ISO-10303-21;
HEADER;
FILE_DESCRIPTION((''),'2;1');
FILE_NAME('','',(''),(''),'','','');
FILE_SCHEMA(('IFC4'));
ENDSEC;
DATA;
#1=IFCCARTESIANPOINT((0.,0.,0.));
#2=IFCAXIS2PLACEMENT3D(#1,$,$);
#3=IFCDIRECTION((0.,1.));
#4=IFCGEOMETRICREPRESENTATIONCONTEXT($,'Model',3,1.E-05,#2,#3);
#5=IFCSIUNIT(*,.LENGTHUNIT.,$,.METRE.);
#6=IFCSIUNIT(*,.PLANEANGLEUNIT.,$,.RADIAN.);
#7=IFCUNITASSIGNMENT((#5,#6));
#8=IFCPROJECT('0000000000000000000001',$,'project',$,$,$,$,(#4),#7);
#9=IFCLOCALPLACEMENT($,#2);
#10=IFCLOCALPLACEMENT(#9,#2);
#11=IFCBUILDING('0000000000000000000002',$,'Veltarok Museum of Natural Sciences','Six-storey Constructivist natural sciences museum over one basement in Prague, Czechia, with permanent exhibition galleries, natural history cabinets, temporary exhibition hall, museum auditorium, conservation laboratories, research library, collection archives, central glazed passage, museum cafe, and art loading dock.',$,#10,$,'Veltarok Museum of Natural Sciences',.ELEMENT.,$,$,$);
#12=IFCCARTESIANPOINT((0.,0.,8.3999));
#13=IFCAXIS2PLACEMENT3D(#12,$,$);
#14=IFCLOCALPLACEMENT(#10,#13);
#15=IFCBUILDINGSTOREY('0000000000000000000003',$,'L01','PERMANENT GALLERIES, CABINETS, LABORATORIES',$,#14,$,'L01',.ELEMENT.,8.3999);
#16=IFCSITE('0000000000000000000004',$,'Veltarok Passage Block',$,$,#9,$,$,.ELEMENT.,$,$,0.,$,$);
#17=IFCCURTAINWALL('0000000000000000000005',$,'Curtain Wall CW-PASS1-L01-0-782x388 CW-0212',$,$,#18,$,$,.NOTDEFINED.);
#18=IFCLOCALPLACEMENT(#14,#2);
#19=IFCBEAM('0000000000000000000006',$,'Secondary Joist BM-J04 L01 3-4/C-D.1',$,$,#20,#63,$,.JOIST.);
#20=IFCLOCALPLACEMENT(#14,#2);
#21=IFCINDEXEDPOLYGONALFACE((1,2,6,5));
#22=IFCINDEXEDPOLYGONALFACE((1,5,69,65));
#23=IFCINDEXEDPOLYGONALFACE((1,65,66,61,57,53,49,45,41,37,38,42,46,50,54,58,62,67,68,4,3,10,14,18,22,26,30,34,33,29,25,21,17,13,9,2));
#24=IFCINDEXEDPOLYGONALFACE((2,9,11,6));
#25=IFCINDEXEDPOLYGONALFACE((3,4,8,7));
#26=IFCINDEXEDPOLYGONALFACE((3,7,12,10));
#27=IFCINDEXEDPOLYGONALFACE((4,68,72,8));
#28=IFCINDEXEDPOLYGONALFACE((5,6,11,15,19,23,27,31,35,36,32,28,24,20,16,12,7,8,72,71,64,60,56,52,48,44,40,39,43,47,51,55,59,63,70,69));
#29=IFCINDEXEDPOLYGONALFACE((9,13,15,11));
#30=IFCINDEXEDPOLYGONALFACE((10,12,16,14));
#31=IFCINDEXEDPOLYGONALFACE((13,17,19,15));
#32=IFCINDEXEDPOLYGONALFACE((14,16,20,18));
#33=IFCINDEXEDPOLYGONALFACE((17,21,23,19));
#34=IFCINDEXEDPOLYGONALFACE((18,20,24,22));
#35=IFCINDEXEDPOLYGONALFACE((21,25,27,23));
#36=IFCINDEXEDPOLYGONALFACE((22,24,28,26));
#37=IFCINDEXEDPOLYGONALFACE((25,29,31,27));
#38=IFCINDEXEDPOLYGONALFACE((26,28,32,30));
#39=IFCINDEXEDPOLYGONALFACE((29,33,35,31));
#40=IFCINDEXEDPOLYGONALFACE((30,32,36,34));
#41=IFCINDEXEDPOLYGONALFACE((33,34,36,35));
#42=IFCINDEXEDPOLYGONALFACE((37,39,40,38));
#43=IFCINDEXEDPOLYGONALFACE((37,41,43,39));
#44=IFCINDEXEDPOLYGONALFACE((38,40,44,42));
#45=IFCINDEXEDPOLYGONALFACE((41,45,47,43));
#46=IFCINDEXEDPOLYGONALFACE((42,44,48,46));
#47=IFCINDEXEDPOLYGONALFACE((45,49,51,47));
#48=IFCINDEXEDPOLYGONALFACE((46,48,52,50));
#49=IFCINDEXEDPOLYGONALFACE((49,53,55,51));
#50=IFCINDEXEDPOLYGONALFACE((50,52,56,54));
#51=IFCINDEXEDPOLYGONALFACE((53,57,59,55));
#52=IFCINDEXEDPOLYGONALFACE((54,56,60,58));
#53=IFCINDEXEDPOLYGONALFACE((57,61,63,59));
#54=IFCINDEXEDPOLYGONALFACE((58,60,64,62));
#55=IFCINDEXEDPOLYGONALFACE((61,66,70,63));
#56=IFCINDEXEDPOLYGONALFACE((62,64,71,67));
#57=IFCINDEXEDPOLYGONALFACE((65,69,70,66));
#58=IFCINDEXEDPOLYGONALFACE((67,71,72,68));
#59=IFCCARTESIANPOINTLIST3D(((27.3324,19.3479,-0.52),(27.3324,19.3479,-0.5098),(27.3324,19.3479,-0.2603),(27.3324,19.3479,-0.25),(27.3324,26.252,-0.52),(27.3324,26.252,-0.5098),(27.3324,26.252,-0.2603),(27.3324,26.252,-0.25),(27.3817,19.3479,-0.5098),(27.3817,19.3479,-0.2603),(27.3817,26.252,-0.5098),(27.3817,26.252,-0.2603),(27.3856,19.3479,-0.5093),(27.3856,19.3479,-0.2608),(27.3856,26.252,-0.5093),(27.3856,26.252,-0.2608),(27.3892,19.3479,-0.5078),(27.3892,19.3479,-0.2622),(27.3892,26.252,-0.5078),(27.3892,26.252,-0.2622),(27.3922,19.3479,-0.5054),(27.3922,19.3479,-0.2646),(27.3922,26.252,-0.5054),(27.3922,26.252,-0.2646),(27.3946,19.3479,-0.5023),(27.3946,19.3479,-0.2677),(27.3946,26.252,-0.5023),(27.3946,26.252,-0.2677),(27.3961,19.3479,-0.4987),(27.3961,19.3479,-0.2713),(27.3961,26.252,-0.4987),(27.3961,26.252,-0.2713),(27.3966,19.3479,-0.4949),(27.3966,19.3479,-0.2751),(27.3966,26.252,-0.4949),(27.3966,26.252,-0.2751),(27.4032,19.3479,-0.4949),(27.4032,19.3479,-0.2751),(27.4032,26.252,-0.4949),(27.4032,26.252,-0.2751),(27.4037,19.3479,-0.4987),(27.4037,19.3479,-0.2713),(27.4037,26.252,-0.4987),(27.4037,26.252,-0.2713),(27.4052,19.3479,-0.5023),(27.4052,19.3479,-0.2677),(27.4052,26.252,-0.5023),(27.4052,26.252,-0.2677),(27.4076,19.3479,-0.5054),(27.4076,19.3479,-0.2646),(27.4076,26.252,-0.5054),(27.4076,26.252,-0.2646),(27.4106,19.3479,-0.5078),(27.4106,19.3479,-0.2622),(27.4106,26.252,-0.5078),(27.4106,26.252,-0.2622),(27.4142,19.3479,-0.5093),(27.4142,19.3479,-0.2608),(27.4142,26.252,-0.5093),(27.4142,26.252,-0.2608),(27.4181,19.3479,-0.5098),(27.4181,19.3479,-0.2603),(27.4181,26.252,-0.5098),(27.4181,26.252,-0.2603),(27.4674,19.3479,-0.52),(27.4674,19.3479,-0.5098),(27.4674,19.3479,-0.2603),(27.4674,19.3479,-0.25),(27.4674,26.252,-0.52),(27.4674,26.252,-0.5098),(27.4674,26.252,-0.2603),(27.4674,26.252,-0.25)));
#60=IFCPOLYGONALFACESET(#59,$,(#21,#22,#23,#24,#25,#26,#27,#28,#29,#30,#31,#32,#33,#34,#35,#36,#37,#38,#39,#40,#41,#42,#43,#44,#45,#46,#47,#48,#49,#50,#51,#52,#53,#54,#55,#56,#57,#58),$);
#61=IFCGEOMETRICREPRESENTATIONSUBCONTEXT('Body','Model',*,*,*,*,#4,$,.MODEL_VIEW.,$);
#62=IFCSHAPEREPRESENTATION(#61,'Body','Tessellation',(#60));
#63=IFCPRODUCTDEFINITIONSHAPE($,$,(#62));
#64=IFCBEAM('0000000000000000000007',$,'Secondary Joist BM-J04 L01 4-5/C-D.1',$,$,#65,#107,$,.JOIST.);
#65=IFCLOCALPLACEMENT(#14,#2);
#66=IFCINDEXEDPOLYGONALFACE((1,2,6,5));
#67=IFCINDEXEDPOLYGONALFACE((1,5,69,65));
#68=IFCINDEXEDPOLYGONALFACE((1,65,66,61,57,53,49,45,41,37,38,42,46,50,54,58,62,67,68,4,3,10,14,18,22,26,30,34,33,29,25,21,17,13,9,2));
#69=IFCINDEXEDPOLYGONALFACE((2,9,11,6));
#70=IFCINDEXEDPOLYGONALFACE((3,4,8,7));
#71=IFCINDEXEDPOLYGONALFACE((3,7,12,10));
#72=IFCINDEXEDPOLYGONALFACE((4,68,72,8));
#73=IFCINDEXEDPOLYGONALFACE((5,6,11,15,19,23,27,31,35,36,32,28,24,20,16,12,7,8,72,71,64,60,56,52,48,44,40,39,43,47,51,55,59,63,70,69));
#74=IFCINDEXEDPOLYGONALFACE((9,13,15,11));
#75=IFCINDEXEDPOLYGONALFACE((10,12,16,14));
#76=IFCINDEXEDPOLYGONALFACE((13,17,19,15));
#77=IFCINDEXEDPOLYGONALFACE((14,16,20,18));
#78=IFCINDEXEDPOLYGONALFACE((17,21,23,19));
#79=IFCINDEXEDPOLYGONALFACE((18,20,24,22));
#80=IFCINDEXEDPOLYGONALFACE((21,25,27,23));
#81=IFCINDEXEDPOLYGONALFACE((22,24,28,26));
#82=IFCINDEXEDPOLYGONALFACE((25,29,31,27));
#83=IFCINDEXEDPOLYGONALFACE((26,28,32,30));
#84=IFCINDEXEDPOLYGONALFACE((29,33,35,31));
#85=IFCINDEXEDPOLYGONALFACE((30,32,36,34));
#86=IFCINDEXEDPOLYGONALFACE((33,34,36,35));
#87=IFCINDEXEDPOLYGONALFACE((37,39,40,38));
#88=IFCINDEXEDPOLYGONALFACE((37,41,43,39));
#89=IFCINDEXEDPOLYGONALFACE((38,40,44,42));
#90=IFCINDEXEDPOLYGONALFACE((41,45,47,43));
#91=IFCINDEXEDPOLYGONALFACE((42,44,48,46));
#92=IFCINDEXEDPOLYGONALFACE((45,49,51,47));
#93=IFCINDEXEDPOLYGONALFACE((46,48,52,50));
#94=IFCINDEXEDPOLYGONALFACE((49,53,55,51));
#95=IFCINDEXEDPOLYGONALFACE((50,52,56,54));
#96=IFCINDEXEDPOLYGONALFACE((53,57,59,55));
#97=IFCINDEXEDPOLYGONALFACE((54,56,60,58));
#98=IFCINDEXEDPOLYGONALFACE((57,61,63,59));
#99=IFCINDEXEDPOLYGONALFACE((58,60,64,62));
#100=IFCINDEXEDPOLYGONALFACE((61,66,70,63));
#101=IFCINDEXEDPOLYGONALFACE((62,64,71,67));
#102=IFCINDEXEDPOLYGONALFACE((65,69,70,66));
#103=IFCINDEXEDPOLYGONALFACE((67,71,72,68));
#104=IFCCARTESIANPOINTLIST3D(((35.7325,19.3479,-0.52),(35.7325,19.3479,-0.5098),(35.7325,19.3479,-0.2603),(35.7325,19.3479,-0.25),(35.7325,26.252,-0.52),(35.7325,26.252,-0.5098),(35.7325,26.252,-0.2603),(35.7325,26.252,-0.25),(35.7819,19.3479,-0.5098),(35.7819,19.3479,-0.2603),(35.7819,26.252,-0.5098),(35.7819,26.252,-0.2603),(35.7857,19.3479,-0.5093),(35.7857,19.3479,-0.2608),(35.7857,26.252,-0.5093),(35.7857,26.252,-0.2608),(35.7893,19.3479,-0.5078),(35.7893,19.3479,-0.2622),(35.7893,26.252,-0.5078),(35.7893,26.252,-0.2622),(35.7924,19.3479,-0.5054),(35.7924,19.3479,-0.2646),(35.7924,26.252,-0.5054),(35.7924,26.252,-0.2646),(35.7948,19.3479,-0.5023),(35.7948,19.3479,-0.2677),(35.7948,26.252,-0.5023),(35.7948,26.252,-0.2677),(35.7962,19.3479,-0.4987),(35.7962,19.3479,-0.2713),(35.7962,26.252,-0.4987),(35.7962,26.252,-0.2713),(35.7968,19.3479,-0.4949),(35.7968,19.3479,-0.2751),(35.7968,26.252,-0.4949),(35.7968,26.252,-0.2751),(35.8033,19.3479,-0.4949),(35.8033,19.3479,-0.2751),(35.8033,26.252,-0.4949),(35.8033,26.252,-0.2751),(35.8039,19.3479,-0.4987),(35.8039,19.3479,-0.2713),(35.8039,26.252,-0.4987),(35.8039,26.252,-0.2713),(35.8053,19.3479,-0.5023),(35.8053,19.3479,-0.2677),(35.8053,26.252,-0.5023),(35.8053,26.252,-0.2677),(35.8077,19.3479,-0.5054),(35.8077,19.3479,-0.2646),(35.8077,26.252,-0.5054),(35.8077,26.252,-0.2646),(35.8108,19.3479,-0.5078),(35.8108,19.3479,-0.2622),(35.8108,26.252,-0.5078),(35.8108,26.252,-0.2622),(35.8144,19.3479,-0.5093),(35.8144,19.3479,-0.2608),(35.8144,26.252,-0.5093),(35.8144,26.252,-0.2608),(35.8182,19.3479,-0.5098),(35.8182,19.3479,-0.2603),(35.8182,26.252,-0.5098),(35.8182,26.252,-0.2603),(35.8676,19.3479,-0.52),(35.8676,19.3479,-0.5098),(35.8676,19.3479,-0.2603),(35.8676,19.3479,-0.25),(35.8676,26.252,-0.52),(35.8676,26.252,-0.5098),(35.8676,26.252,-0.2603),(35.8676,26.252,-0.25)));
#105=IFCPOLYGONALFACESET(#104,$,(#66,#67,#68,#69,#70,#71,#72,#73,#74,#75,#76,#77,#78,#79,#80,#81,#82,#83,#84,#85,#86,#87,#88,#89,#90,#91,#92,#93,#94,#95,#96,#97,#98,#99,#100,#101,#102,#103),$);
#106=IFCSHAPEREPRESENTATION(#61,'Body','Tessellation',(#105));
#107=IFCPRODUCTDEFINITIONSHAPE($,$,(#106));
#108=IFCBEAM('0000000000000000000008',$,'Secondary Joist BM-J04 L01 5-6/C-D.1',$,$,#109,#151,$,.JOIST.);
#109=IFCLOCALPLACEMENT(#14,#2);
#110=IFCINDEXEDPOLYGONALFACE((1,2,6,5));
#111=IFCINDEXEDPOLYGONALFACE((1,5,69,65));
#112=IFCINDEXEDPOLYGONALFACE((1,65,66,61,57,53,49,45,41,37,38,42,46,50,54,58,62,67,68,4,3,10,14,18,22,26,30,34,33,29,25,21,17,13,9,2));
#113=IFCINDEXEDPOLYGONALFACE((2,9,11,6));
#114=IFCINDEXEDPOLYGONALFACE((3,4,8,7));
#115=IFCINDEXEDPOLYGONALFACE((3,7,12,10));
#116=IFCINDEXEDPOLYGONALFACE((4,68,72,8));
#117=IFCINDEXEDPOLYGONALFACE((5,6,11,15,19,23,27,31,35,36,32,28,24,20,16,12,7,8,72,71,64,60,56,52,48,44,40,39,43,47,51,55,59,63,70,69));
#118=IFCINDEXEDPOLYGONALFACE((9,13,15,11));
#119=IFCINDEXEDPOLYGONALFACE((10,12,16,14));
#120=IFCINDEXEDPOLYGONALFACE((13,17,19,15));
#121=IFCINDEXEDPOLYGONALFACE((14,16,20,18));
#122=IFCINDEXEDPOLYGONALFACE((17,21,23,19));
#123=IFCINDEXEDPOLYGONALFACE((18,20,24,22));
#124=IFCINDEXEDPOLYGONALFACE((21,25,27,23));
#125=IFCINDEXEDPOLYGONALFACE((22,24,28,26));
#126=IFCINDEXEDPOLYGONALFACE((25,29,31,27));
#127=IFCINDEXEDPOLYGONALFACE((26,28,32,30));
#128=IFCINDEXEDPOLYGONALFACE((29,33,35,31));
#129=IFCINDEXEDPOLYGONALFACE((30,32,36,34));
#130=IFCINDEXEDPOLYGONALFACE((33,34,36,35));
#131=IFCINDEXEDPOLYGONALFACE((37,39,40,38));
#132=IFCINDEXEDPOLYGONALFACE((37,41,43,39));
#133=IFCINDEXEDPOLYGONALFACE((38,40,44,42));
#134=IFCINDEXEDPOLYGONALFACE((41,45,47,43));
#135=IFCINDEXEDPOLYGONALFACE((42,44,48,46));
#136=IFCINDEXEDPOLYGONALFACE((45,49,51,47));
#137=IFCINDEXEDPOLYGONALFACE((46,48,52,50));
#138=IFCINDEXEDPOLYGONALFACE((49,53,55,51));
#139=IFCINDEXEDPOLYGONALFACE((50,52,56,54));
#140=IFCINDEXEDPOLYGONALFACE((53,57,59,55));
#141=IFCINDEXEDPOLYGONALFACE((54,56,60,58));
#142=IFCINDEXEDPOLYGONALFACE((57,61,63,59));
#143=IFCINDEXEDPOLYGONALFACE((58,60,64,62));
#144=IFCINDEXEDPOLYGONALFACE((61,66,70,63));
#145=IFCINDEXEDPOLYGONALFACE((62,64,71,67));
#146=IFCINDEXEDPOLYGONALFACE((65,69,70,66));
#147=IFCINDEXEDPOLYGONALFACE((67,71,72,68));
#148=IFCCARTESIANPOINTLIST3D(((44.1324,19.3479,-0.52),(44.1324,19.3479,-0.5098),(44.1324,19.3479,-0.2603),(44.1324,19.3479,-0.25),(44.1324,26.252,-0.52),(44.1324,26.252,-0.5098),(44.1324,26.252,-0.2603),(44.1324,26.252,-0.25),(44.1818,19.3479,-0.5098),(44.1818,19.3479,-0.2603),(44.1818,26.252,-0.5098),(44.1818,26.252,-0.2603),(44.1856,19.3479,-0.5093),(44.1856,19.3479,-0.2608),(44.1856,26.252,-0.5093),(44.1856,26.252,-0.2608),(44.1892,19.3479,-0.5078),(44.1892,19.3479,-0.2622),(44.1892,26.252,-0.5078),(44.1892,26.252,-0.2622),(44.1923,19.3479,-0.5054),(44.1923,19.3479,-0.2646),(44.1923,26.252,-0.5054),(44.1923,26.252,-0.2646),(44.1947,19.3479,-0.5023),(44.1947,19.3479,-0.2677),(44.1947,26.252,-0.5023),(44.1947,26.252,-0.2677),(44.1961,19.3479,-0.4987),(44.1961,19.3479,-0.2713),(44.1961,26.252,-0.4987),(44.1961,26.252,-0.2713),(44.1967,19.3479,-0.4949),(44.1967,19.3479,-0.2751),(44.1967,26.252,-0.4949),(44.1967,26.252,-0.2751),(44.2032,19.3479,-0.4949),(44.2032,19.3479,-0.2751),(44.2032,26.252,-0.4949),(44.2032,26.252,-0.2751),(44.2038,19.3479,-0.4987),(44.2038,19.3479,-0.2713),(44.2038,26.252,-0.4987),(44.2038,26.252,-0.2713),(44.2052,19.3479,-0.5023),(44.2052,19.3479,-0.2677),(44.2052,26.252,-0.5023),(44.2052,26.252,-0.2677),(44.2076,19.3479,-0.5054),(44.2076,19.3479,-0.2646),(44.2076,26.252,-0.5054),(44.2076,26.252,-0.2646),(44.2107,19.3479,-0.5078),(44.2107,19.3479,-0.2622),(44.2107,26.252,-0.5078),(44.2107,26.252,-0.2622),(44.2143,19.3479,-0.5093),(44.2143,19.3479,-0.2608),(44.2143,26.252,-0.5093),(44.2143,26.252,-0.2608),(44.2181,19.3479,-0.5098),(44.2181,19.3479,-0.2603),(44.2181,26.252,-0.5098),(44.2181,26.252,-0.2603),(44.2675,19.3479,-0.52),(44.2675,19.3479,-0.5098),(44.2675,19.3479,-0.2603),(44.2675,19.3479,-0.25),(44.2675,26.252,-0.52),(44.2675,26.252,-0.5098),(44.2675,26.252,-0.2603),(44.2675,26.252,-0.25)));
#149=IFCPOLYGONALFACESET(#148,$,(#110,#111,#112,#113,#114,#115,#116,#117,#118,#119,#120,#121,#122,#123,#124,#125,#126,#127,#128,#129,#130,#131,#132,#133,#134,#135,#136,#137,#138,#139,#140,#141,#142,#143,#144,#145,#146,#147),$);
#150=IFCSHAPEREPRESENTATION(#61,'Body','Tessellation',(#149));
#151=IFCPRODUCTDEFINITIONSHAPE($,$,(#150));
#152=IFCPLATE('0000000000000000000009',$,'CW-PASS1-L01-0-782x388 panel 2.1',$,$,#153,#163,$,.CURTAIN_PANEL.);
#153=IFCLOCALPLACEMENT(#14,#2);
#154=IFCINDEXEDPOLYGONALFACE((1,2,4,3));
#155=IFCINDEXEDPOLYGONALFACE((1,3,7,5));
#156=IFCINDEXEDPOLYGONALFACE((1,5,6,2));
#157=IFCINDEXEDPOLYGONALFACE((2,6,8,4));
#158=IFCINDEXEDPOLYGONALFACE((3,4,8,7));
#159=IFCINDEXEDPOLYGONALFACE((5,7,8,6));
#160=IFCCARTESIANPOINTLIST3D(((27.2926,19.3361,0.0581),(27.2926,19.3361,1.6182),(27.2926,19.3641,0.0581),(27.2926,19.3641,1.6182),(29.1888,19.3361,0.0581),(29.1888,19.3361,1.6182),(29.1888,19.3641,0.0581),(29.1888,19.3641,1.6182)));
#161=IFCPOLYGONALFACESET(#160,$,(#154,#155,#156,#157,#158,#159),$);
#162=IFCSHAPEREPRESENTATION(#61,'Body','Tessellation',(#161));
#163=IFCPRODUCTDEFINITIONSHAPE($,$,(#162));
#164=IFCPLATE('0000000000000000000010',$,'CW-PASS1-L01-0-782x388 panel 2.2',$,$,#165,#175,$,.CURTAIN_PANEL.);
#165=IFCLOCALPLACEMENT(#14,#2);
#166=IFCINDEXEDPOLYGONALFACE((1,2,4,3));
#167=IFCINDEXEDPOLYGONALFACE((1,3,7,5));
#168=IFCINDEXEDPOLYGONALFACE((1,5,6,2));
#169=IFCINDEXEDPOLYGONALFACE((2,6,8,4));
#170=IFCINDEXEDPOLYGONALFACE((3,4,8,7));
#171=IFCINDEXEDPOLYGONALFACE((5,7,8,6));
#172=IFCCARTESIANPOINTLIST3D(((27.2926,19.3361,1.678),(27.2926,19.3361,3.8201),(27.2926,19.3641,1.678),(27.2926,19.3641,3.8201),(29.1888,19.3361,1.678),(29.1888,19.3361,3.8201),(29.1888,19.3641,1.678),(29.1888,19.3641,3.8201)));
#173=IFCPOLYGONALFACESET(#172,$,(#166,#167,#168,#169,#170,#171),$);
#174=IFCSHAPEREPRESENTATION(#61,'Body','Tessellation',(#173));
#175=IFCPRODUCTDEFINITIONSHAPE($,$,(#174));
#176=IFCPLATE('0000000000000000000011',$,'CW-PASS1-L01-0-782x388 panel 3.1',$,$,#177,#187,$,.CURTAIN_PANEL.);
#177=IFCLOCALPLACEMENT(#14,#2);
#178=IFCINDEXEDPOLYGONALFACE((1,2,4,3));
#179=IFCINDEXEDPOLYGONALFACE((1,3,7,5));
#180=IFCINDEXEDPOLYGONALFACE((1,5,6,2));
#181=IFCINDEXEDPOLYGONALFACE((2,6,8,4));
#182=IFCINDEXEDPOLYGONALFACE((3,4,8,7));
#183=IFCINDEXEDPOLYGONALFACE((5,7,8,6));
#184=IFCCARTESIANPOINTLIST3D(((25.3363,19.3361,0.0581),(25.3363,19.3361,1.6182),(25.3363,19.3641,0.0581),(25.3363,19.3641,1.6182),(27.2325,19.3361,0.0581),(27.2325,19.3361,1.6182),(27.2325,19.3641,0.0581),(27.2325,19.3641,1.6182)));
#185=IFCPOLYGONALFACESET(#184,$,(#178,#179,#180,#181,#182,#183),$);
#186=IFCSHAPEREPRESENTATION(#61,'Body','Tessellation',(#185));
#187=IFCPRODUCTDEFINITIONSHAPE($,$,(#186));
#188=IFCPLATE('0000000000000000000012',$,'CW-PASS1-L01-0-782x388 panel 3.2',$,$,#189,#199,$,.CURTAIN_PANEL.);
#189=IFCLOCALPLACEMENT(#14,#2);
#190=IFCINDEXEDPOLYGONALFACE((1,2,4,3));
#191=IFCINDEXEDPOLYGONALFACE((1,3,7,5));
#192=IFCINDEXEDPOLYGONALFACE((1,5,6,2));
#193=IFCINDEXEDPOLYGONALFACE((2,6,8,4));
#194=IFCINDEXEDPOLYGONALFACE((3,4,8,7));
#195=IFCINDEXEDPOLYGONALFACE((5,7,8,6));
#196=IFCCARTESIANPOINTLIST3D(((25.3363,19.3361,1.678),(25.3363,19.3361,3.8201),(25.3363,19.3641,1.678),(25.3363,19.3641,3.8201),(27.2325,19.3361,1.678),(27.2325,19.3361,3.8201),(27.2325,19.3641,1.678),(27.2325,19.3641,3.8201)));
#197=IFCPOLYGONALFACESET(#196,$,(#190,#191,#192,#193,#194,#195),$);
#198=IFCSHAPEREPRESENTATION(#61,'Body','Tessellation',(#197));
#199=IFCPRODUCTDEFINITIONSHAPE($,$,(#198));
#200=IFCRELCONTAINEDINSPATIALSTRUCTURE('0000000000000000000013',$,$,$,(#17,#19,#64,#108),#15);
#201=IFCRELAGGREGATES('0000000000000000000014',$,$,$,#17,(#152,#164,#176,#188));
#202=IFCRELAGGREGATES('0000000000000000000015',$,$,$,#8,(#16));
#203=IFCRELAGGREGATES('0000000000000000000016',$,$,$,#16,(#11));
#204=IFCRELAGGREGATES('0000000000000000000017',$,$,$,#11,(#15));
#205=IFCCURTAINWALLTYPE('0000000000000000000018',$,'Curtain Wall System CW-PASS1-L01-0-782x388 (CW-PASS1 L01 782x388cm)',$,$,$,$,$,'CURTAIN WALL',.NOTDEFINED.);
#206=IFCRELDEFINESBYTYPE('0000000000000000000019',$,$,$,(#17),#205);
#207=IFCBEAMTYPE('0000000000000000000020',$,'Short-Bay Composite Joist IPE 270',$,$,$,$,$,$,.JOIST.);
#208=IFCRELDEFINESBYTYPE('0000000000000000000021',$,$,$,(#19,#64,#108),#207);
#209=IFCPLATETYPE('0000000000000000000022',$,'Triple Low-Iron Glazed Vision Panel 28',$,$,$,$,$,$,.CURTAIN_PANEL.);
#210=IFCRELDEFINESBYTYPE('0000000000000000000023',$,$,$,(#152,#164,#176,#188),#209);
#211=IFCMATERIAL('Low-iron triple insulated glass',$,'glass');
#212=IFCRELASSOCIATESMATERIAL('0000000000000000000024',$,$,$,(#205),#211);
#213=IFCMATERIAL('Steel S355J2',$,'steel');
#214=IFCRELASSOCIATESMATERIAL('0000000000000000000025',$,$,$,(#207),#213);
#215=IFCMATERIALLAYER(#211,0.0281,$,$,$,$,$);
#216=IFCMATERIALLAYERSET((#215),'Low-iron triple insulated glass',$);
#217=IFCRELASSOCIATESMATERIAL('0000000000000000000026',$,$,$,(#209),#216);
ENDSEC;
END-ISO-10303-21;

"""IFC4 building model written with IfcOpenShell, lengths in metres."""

from ifc_helpers import new_model, si_unit, direction, frame, origin, origin_2d, place, context, subcontext, project, spatial, rectangle, i_section, extrude, material, layer, layer_set, material_profile, profile_set, type_object, element, aggregate, save


model = new_model("IFC4")

# Units and contexts
model_context = context("Model", 3, precision=1e-05, world=origin(), true_north=direction((0.0, 1.0)))
body_context = subcontext(model_context, "Body", "Model", "MODEL_VIEW")
ifc_project = project(units=[si_unit("LENGTHUNIT", "METRE"), si_unit("PLANEANGLEUNIT", "RADIAN")], contexts=[model_context])

# Site, building, storey
site_placement = place(None, origin())
site = spatial("IfcSite", under=ifc_project, at=site_placement, Name="Veltarok Passage Block", CompositionType="ELEMENT", RefElevation=0.0)
building_placement = place(site_placement, origin())
building = spatial("IfcBuilding", under=site, at=building_placement, Name="Veltarok Museum of Natural Sciences", Description="Six-storey Constructivist natural sciences museum over one basement in Prague, Czechia, with permanent exhibition galleries, natural history cabinets, temporary exhibition hall, museum auditorium, conservation laboratories, research library, collection archives, central glazed passage, museum cafe, and art loading dock.", LongName="Veltarok Museum of Natural Sciences", CompositionType="ELEMENT")
storey_placement = place(building_placement, frame((0.0, 0.0, 8.3999)))
storey = spatial("IfcBuildingStorey", under=building, at=storey_placement, Name="L01", Description="PERMANENT GALLERIES, CABINETS, LABORATORIES", LongName="L01", CompositionType="ELEMENT", Elevation=8.3999)

# Shared definitions
ifc_material_1 = material(Name="Steel S355J2", Category="steel")

# Curtain wall
ifc_material_2 = material(Name="Low-iron triple insulated glass", Category="glass")
curtain_wall_type = type_object("IfcCurtainWallType", Name="Curtain Wall System CW-PASS1-L01-0-782x388 (CW-PASS1 L01 782x388cm)", ElementType="CURTAIN WALL", PredefinedType="NOTDEFINED", material=ifc_material_2)
curtain_wall_placement = place(storey_placement, origin())
curtain_wall = element("IfcCurtainWall", 1, at=curtain_wall_placement, inside=storey, type_object=curtain_wall_type, Name="Curtain Wall CW-PASS1-L01-0-782x388 CW-0212", PredefinedType="NOTDEFINED")

# Beams
ifc_material_profile_1 = material_profile(ifc_material_1, i_section(OverallWidth=0.135, OverallDepth=0.27, WebThickness=0.0066, FlangeThickness=0.0103, FilletRadius=0.0149, at=origin_2d()), Name="IPE 270")
ifc_profile_set_1 = profile_set([ifc_material_profile_1], Name="Steel S355J2")
beam_type_1 = type_object("IfcBeamType", Name="Short-Bay Composite Joist IPE 270", PredefinedType="JOIST", material=ifc_profile_set_1)
for number, where, z_axis, x_axis, name in (
    (2, (27.3999, 19.3479, -0.385), (0.0, 1.0, 0.0), (-1.0, 0.0, 0.0), "Secondary Joist BM-J04 L01 3-4/C-D.1"),
    (3, (35.8, 19.3479, -0.385), (0.0, 1.0, 0.0), (-1.0, 0.0, 0.0), "Secondary Joist BM-J04 L01 4-5/C-D.1"),
    (4, (44.2, 19.3479, -0.385), (0.0, 1.0, 0.0), (-1.0, 0.0, 0.0), "Secondary Joist BM-J04 L01 5-6/C-D.1"),
):
    element("IfcBeam", number, at=place(storey_placement, frame(where, z_axis=z_axis, x_axis=x_axis)), inside=storey, type_object=beam_type_1, Name=name, PredefinedType="JOIST", context=body_context, shape_type="SweptSolid", body=[
        extrude(i_section(OverallWidth=0.135, OverallDepth=0.27, WebThickness=0.0066, FlangeThickness=0.0103, FilletRadius=0.0149, at=origin_2d()), origin(), (0.0, 0.0, 1.0), 6.9041),
    ])

# Plates
ifc_layer_1 = layer(ifc_material_2, 0.0281)
ifc_layer_set_1 = layer_set([ifc_layer_1], Name="Low-iron triple insulated glass")
plate_type = type_object("IfcPlateType", Name="Triple Low-Iron Glazed Vision Panel 28", PredefinedType="CURTAIN_PANEL", material=ifc_layer_set_1)
plate_1_placement = place(storey_placement, frame((28.2407, 19.3501, 0.0581), z_axis=(0.0, 0.0, 1.0), x_axis=(-1.0, 0.0, 0.0)))
plate_1 = element("IfcPlate", 5, at=plate_1_placement, type_object=plate_type, Name="CW-PASS1-L01-0-782x388 panel 2.1", PredefinedType="CURTAIN_PANEL", context=body_context, shape_type="SweptSolid", body=[
    extrude(rectangle(XDim=1.8962, YDim=0.0281, at=origin_2d()), origin(), (0.0, 0.0, 1.0), 1.5601),
])
plate_2_placement = place(storey_placement, frame((28.2407, 19.3501, 1.678), z_axis=(0.0, 0.0, 1.0), x_axis=(-1.0, 0.0, 0.0)))
plate_2 = element("IfcPlate", 6, at=plate_2_placement, type_object=plate_type, Name="CW-PASS1-L01-0-782x388 panel 2.2", PredefinedType="CURTAIN_PANEL", context=body_context, shape_type="SweptSolid", body=[
    extrude(rectangle(XDim=1.8962, YDim=0.0281, at=origin_2d()), origin(), (0.0, 0.0, 1.0), 2.1421),
])
plate_3_placement = place(storey_placement, frame((26.2844, 19.3501, 0.0581), z_axis=(0.0, 0.0, 1.0), x_axis=(-1.0, 0.0, 0.0)))
plate_3 = element("IfcPlate", 7, at=plate_3_placement, type_object=plate_type, Name="CW-PASS1-L01-0-782x388 panel 3.1", PredefinedType="CURTAIN_PANEL", context=body_context, shape_type="SweptSolid", body=[
    extrude(rectangle(XDim=1.8962, YDim=0.0281, at=origin_2d()), origin(), (0.0, 0.0, 1.0), 1.5601),
])
plate_4_placement = place(storey_placement, frame((26.2844, 19.3501, 1.678), z_axis=(0.0, 0.0, 1.0), x_axis=(-1.0, 0.0, 0.0)))
plate_4 = element("IfcPlate", 8, at=plate_4_placement, type_object=plate_type, Name="CW-PASS1-L01-0-782x388 panel 3.2", PredefinedType="CURTAIN_PANEL", context=body_context, shape_type="SweptSolid", body=[
    extrude(rectangle(XDim=1.8962, YDim=0.0281, at=origin_2d()), origin(), (0.0, 0.0, 1.0), 2.1421),
])
aggregate(curtain_wall, [plate_1, plate_2, plate_3, plate_4])

save(model, "model.ifc")
